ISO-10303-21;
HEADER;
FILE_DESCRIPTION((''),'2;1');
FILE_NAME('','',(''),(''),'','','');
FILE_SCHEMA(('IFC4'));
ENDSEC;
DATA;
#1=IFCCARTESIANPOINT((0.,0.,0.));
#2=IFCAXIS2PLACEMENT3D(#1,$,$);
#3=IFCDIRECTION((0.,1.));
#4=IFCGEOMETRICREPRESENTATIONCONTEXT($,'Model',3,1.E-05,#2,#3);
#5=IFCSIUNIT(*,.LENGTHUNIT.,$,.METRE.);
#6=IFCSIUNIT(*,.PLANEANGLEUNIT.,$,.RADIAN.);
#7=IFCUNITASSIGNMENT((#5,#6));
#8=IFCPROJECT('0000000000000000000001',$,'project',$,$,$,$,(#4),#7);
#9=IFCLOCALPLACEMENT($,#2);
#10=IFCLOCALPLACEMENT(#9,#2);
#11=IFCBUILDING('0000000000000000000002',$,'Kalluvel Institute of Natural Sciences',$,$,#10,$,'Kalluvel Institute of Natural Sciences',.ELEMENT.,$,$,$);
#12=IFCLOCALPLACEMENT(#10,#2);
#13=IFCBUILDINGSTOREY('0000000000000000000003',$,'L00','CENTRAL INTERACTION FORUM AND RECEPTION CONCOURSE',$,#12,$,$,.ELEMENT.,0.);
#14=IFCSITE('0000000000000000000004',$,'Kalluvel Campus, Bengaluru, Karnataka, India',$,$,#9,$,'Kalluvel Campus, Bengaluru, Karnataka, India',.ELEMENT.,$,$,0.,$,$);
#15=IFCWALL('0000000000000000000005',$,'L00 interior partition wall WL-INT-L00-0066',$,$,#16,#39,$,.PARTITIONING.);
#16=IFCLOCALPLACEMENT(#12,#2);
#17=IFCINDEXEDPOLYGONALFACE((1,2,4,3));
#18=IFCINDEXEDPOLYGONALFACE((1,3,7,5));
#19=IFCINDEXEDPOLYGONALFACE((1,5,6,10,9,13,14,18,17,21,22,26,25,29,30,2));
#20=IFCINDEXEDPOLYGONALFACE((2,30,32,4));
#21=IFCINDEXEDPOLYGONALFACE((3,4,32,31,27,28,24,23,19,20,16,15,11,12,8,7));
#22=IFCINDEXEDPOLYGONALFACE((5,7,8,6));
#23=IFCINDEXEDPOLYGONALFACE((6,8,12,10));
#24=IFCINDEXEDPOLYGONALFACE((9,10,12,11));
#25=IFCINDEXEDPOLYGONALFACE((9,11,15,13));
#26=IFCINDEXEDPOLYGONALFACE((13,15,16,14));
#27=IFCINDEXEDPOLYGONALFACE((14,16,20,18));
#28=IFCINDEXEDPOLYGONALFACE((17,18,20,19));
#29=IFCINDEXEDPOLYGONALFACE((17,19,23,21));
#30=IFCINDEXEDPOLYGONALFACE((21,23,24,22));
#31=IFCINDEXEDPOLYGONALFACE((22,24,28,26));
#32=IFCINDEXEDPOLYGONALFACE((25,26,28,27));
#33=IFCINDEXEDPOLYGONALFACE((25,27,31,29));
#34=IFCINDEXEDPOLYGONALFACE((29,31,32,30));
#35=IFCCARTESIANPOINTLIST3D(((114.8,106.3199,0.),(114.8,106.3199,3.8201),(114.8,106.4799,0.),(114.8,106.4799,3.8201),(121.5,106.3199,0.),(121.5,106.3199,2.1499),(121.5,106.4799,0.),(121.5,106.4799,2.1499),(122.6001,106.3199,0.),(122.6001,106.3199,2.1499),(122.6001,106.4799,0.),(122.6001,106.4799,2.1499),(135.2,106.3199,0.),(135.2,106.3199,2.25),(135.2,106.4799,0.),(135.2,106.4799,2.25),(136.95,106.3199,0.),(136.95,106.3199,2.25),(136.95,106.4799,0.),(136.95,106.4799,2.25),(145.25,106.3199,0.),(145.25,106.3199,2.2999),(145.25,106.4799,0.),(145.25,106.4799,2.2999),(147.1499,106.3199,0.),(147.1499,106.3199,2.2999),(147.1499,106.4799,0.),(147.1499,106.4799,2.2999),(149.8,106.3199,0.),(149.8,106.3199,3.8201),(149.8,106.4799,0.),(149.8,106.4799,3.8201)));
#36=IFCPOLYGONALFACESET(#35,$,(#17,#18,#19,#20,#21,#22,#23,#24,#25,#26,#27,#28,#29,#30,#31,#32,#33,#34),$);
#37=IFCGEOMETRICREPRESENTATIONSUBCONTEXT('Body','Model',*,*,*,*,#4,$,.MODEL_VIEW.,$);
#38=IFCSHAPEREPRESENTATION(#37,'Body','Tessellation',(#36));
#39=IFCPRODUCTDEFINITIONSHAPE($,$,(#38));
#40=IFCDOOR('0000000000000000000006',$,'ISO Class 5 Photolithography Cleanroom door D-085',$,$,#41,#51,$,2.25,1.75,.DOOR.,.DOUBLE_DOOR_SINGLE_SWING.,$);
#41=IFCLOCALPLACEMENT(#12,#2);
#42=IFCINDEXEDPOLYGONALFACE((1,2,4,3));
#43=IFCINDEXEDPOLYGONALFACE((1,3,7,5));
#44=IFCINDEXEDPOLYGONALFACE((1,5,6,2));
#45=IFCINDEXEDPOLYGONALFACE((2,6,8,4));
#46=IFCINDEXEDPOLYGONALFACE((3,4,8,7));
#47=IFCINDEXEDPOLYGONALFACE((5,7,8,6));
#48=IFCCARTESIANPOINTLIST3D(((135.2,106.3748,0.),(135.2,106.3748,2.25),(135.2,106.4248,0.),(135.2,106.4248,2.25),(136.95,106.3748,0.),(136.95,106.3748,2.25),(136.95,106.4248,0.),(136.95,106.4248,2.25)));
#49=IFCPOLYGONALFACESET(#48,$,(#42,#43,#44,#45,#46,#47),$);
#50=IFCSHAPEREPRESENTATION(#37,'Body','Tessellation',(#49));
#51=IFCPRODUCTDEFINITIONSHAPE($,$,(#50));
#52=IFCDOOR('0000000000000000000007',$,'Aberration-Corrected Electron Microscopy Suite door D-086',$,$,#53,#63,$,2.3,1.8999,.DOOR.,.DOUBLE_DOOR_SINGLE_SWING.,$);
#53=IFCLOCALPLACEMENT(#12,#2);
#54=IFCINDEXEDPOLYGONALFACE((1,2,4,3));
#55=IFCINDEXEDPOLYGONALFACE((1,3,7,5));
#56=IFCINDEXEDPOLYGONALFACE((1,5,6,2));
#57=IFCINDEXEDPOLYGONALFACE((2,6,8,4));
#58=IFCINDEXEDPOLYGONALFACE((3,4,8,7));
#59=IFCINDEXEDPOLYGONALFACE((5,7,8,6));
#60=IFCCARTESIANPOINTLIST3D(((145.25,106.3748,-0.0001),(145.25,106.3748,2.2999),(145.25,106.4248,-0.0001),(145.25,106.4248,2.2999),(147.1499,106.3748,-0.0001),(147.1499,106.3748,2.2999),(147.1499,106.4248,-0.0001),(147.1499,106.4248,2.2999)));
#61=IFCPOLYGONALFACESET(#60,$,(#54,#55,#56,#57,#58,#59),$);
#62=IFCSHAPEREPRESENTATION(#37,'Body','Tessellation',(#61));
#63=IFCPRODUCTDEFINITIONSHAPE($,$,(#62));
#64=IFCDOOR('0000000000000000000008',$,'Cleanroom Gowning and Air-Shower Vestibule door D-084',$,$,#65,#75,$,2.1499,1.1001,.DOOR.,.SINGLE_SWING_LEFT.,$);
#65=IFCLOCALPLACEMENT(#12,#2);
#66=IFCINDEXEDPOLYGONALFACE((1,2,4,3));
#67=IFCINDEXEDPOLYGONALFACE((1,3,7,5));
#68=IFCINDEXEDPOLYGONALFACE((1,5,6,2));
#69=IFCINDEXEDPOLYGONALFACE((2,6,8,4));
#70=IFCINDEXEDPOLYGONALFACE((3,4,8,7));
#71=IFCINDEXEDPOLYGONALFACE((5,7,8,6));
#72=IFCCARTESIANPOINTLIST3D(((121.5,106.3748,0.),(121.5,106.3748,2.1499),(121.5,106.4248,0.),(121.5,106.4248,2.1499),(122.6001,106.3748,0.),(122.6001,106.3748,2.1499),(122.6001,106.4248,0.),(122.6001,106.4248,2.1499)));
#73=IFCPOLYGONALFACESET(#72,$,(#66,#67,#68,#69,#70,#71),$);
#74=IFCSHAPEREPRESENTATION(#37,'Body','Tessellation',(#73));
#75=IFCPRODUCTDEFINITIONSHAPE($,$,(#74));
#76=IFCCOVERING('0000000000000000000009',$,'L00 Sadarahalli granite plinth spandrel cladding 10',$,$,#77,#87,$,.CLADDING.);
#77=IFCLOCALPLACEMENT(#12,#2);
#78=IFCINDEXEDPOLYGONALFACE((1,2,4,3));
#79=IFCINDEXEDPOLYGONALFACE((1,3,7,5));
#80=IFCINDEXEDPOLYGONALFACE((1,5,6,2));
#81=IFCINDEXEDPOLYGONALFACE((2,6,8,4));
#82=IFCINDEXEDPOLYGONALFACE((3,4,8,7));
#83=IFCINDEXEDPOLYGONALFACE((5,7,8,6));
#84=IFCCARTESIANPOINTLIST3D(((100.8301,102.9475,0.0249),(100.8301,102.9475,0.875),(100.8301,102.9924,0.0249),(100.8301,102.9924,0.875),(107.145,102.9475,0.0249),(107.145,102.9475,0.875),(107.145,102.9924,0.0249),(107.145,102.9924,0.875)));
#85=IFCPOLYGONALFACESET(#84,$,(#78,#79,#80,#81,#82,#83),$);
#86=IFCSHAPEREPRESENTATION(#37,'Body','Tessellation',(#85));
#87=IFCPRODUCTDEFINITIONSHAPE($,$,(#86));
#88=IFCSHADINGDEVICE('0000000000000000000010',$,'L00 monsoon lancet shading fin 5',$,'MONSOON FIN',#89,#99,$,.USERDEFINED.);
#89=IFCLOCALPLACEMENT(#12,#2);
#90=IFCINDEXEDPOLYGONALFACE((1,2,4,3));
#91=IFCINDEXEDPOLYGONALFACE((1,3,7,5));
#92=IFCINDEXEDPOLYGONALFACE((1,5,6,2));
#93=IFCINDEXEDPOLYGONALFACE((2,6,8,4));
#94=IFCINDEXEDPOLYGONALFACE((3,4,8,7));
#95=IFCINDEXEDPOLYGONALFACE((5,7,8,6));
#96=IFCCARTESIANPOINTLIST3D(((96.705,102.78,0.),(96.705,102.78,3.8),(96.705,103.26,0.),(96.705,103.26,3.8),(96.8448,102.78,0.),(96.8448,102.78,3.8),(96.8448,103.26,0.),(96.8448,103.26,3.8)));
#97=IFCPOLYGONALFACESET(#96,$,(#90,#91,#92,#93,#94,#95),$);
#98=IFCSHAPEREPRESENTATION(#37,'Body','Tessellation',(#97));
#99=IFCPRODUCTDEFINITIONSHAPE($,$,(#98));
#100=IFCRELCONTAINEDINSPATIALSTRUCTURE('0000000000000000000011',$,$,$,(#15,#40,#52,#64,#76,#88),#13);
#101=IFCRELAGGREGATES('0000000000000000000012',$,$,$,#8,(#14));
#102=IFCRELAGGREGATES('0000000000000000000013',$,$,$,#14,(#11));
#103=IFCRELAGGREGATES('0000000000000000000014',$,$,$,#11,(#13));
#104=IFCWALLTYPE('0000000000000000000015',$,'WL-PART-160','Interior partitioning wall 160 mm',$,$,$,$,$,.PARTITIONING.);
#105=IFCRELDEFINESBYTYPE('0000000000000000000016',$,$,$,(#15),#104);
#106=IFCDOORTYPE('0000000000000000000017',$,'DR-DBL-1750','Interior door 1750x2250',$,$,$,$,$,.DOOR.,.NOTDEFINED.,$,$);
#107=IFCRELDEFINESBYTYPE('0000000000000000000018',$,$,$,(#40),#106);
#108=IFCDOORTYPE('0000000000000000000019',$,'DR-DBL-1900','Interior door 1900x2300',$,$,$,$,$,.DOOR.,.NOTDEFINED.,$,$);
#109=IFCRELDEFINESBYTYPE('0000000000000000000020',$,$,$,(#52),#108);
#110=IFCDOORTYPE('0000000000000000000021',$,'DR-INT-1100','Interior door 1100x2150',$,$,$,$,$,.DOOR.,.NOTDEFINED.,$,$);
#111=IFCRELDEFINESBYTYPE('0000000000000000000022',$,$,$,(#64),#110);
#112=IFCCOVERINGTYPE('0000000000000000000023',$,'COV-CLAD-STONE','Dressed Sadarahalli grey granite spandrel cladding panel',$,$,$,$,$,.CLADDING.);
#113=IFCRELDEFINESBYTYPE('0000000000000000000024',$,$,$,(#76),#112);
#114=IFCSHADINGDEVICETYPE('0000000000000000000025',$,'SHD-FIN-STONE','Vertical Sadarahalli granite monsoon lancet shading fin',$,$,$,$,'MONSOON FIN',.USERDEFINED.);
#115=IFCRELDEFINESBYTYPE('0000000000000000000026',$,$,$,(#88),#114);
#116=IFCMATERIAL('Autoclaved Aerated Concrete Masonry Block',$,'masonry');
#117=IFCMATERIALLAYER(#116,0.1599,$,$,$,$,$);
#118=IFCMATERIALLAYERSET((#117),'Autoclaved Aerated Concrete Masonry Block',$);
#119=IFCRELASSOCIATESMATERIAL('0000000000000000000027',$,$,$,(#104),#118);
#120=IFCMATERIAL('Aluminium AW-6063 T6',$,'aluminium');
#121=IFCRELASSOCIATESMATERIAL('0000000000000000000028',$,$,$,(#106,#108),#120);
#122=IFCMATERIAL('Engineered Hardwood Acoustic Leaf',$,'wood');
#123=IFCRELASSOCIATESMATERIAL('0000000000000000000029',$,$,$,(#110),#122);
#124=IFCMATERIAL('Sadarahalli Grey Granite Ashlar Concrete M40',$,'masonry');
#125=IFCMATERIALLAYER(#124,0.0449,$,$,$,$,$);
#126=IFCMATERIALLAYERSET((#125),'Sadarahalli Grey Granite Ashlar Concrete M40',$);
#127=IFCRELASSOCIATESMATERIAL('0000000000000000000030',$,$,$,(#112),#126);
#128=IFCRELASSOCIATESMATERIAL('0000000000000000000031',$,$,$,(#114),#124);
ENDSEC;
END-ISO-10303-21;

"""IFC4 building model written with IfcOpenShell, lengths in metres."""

from ifc_helpers import new_model, si_unit, direction, frame, frame_2d, origin, origin_2d, place, context, subcontext, project, spatial, rectangle, extrude, material, layer, layer_set, type_object, element, fill, save


model = new_model("IFC4")

# Units and contexts
model_context = context("Model", 3, precision=1e-05, world=origin(), true_north=direction((0.0, 1.0)))
body_context = subcontext(model_context, "Body", "Model", "MODEL_VIEW")
ifc_project = project(units=[si_unit("LENGTHUNIT", "METRE"), si_unit("PLANEANGLEUNIT", "RADIAN")], contexts=[model_context])

# Site, building, storey
site_placement = place(None, origin())
site = spatial("IfcSite", under=ifc_project, at=site_placement, Name="Kalluvel Campus, Bengaluru, Karnataka, India", LongName="Kalluvel Campus, Bengaluru, Karnataka, India", CompositionType="ELEMENT", RefElevation=0.0)
building_placement = place(site_placement, origin())
building = spatial("IfcBuilding", under=site, at=building_placement, Name="Kalluvel Institute of Natural Sciences", LongName="Kalluvel Institute of Natural Sciences", CompositionType="ELEMENT")
storey_placement = place(building_placement, origin())
storey = spatial("IfcBuildingStorey", under=building, at=storey_placement, Name="L00", Description="CENTRAL INTERACTION FORUM AND RECEPTION CONCOURSE", CompositionType="ELEMENT", Elevation=0.0)

# Shared definitions
ifc_material_1 = material(Name="Sadarahalli Grey Granite Ashlar Concrete M40", Category="masonry")
ifc_material_2 = material(Name="Aluminium AW-6063 T6", Category="aluminium")

# Wall, openings, doors
ifc_material_3 = material(Name="Autoclaved Aerated Concrete Masonry Block", Category="masonry")
ifc_layer_1 = layer(ifc_material_3, 0.1599)
ifc_layer_set_1 = layer_set([ifc_layer_1], Name="Autoclaved Aerated Concrete Masonry Block")
wall_type_1 = type_object("IfcWallType", Name="WL-PART-160", Description="Interior partitioning wall 160 mm", PredefinedType="PARTITIONING", material=ifc_layer_set_1)
wall_1_placement = place(storey_placement, frame((114.8, 106.3999, 0.0), z_axis=(0.0, 0.0, 1.0), x_axis=(1.0, 0.0, 0.0)))
wall_1 = element("IfcWall", 1, at=wall_1_placement, inside=storey, type_object=wall_type_1, Name="L00 interior partition wall WL-INT-L00-0066", PredefinedType="PARTITIONING", context=body_context, shape_type="SweptSolid", body=[
    extrude(rectangle(XDim=35.0, YDim=0.1599, at=frame_2d((17.5, 0.0))), origin(), (0.0, 0.0, 1.0), 3.8201),
])
opening_1_placement = place(wall_1_placement, frame((6.7, 0.0, 0.0)))
opening_1 = element("IfcOpeningElement", 2, at=opening_1_placement, cuts=wall_1, PredefinedType="OPENING", context=body_context, shape_type="SweptSolid", body=[
    extrude(rectangle(XDim=1.1001, YDim=2.1499, at=frame_2d((0.55, 1.075))), frame((0.0, 0.0898, 0.0), z_axis=(0.0, -1.0, 0.0), x_axis=(1.0, 0.0, 0.0)), (0.0, 0.0, 1.0), 0.1799),
])
opening_2_placement = place(wall_1_placement, frame((20.3999, 0.0, 0.0)))
opening_2 = element("IfcOpeningElement", 3, at=opening_2_placement, cuts=wall_1, PredefinedType="OPENING", context=body_context, shape_type="SweptSolid", body=[
    extrude(rectangle(XDim=1.75, YDim=2.25, at=frame_2d((0.875, 1.125))), frame((0.0, 0.0898, 0.0), z_axis=(0.0, -1.0, 0.0), x_axis=(1.0, 0.0, 0.0)), (0.0, 0.0, 1.0), 0.1799),
])
opening_3_placement = place(wall_1_placement, frame((30.45, 0.0, 0.0)))
opening_3 = element("IfcOpeningElement", 4, at=opening_3_placement, cuts=wall_1, PredefinedType="OPENING", context=body_context, shape_type="SweptSolid", body=[
    extrude(rectangle(XDim=1.8999, YDim=2.3, at=frame_2d((0.95, 1.1499))), frame((0.0, 0.0898, 0.0), z_axis=(0.0, -1.0, 0.0), x_axis=(1.0, 0.0, 0.0)), (0.0, 0.0, 1.0), 0.1799),
])
door_type_1 = type_object("IfcDoorType", Name="DR-DBL-1750", Description="Interior door 1750x2250", OperationType="NOTDEFINED", PredefinedType="DOOR", material=ifc_material_2)
door_1_placement = place(opening_2_placement, origin())
door_1 = element("IfcDoor", 5, at=door_1_placement, inside=storey, type_object=door_type_1, Name="ISO Class 5 Photolithography Cleanroom door D-085", OperationType="DOUBLE_DOOR_SINGLE_SWING", OverallHeight=2.25, OverallWidth=1.75, PredefinedType="DOOR", context=body_context, shape_type="SweptSolid", body=[
    extrude(rectangle(XDim=1.75, YDim=2.25, at=frame_2d((0.875, 1.125))), frame((0.0, 0.0249, 0.0), z_axis=(0.0, -1.0, 0.0), x_axis=(1.0, 0.0, 0.0)), (0.0, 0.0, 1.0), 0.05),
])
fill(opening_2, door_1)
door_type_2 = type_object("IfcDoorType", Name="DR-DBL-1900", Description="Interior door 1900x2300", OperationType="NOTDEFINED", PredefinedType="DOOR", material=ifc_material_2)
door_2_placement = place(opening_3_placement, origin())
door_2 = element("IfcDoor", 6, at=door_2_placement, inside=storey, type_object=door_type_2, Name="Aberration-Corrected Electron Microscopy Suite door D-086", OperationType="DOUBLE_DOOR_SINGLE_SWING", OverallHeight=2.3, OverallWidth=1.8999, PredefinedType="DOOR", context=body_context, shape_type="SweptSolid", body=[
    extrude(rectangle(XDim=1.8999, YDim=2.3, at=frame_2d((0.95, 1.1499))), frame((0.0, 0.0249, 0.0), z_axis=(0.0, -1.0, 0.0), x_axis=(1.0, 0.0, 0.0)), (0.0, 0.0, 1.0), 0.05),
])
fill(opening_3, door_2)
ifc_material_4 = material(Name="Engineered Hardwood Acoustic Leaf", Category="wood")
door_type_3 = type_object("IfcDoorType", Name="DR-INT-1100", Description="Interior door 1100x2150", OperationType="NOTDEFINED", PredefinedType="DOOR", material=ifc_material_4)
door_3_placement = place(opening_1_placement, origin())
door_3 = element("IfcDoor", 7, at=door_3_placement, inside=storey, type_object=door_type_3, Name="Cleanroom Gowning and Air-Shower Vestibule door D-084", OperationType="SINGLE_SWING_LEFT", OverallHeight=2.1499, OverallWidth=1.1001, PredefinedType="DOOR", context=body_context, shape_type="SweptSolid", body=[
    extrude(rectangle(XDim=1.1001, YDim=2.1499, at=frame_2d((0.55, 1.075))), frame((0.0, 0.0249, 0.0), z_axis=(0.0, -1.0, 0.0), x_axis=(1.0, 0.0, 0.0)), (0.0, 0.0, 1.0), 0.05),
])
fill(opening_1, door_3)

# Covering
ifc_layer_2 = layer(ifc_material_1, 0.0449)
ifc_layer_set_2 = layer_set([ifc_layer_2], Name="Sadarahalli Grey Granite Ashlar Concrete M40")
covering_type = type_object("IfcCoveringType", Name="COV-CLAD-STONE", Description="Dressed Sadarahalli grey granite spandrel cladding panel", PredefinedType="CLADDING", material=ifc_layer_set_2)
covering_placement = place(storey_placement, frame((103.9875, 102.97, 0.0249), z_axis=(0.0, 0.0, 1.0), x_axis=(1.0, 0.0, 0.0)))
element("IfcCovering", 8, at=covering_placement, inside=storey, type_object=covering_type, Name="L00 Sadarahalli granite plinth spandrel cladding 10", PredefinedType="CLADDING", context=body_context, shape_type="SweptSolid", body=[
    extrude(rectangle(XDim=6.3149, YDim=0.0449, at=origin_2d()), origin(), (0.0, 0.0, 1.0), 0.8501),
])

# Shading device
shading_device_type = type_object("IfcShadingDeviceType", Name="SHD-FIN-STONE", Description="Vertical Sadarahalli granite monsoon lancet shading fin", ElementType="MONSOON FIN", PredefinedType="USERDEFINED", material=ifc_material_1)
shading_device_placement = place(storey_placement, frame((96.7749, 103.02, 0.0), z_axis=(0.0, 0.0, 1.0), x_axis=(1.0, 0.0, 0.0)))
element("IfcShadingDevice", 9, at=shading_device_placement, inside=storey, type_object=shading_device_type, Name="L00 monsoon lancet shading fin 5", ObjectType="MONSOON FIN", PredefinedType="USERDEFINED", context=body_context, shape_type="SweptSolid", body=[
    extrude(rectangle(XDim=0.1399, YDim=0.48, at=origin_2d()), origin(), (0.0, 0.0, 1.0), 3.8),
])

save(model, "model.ifc")
